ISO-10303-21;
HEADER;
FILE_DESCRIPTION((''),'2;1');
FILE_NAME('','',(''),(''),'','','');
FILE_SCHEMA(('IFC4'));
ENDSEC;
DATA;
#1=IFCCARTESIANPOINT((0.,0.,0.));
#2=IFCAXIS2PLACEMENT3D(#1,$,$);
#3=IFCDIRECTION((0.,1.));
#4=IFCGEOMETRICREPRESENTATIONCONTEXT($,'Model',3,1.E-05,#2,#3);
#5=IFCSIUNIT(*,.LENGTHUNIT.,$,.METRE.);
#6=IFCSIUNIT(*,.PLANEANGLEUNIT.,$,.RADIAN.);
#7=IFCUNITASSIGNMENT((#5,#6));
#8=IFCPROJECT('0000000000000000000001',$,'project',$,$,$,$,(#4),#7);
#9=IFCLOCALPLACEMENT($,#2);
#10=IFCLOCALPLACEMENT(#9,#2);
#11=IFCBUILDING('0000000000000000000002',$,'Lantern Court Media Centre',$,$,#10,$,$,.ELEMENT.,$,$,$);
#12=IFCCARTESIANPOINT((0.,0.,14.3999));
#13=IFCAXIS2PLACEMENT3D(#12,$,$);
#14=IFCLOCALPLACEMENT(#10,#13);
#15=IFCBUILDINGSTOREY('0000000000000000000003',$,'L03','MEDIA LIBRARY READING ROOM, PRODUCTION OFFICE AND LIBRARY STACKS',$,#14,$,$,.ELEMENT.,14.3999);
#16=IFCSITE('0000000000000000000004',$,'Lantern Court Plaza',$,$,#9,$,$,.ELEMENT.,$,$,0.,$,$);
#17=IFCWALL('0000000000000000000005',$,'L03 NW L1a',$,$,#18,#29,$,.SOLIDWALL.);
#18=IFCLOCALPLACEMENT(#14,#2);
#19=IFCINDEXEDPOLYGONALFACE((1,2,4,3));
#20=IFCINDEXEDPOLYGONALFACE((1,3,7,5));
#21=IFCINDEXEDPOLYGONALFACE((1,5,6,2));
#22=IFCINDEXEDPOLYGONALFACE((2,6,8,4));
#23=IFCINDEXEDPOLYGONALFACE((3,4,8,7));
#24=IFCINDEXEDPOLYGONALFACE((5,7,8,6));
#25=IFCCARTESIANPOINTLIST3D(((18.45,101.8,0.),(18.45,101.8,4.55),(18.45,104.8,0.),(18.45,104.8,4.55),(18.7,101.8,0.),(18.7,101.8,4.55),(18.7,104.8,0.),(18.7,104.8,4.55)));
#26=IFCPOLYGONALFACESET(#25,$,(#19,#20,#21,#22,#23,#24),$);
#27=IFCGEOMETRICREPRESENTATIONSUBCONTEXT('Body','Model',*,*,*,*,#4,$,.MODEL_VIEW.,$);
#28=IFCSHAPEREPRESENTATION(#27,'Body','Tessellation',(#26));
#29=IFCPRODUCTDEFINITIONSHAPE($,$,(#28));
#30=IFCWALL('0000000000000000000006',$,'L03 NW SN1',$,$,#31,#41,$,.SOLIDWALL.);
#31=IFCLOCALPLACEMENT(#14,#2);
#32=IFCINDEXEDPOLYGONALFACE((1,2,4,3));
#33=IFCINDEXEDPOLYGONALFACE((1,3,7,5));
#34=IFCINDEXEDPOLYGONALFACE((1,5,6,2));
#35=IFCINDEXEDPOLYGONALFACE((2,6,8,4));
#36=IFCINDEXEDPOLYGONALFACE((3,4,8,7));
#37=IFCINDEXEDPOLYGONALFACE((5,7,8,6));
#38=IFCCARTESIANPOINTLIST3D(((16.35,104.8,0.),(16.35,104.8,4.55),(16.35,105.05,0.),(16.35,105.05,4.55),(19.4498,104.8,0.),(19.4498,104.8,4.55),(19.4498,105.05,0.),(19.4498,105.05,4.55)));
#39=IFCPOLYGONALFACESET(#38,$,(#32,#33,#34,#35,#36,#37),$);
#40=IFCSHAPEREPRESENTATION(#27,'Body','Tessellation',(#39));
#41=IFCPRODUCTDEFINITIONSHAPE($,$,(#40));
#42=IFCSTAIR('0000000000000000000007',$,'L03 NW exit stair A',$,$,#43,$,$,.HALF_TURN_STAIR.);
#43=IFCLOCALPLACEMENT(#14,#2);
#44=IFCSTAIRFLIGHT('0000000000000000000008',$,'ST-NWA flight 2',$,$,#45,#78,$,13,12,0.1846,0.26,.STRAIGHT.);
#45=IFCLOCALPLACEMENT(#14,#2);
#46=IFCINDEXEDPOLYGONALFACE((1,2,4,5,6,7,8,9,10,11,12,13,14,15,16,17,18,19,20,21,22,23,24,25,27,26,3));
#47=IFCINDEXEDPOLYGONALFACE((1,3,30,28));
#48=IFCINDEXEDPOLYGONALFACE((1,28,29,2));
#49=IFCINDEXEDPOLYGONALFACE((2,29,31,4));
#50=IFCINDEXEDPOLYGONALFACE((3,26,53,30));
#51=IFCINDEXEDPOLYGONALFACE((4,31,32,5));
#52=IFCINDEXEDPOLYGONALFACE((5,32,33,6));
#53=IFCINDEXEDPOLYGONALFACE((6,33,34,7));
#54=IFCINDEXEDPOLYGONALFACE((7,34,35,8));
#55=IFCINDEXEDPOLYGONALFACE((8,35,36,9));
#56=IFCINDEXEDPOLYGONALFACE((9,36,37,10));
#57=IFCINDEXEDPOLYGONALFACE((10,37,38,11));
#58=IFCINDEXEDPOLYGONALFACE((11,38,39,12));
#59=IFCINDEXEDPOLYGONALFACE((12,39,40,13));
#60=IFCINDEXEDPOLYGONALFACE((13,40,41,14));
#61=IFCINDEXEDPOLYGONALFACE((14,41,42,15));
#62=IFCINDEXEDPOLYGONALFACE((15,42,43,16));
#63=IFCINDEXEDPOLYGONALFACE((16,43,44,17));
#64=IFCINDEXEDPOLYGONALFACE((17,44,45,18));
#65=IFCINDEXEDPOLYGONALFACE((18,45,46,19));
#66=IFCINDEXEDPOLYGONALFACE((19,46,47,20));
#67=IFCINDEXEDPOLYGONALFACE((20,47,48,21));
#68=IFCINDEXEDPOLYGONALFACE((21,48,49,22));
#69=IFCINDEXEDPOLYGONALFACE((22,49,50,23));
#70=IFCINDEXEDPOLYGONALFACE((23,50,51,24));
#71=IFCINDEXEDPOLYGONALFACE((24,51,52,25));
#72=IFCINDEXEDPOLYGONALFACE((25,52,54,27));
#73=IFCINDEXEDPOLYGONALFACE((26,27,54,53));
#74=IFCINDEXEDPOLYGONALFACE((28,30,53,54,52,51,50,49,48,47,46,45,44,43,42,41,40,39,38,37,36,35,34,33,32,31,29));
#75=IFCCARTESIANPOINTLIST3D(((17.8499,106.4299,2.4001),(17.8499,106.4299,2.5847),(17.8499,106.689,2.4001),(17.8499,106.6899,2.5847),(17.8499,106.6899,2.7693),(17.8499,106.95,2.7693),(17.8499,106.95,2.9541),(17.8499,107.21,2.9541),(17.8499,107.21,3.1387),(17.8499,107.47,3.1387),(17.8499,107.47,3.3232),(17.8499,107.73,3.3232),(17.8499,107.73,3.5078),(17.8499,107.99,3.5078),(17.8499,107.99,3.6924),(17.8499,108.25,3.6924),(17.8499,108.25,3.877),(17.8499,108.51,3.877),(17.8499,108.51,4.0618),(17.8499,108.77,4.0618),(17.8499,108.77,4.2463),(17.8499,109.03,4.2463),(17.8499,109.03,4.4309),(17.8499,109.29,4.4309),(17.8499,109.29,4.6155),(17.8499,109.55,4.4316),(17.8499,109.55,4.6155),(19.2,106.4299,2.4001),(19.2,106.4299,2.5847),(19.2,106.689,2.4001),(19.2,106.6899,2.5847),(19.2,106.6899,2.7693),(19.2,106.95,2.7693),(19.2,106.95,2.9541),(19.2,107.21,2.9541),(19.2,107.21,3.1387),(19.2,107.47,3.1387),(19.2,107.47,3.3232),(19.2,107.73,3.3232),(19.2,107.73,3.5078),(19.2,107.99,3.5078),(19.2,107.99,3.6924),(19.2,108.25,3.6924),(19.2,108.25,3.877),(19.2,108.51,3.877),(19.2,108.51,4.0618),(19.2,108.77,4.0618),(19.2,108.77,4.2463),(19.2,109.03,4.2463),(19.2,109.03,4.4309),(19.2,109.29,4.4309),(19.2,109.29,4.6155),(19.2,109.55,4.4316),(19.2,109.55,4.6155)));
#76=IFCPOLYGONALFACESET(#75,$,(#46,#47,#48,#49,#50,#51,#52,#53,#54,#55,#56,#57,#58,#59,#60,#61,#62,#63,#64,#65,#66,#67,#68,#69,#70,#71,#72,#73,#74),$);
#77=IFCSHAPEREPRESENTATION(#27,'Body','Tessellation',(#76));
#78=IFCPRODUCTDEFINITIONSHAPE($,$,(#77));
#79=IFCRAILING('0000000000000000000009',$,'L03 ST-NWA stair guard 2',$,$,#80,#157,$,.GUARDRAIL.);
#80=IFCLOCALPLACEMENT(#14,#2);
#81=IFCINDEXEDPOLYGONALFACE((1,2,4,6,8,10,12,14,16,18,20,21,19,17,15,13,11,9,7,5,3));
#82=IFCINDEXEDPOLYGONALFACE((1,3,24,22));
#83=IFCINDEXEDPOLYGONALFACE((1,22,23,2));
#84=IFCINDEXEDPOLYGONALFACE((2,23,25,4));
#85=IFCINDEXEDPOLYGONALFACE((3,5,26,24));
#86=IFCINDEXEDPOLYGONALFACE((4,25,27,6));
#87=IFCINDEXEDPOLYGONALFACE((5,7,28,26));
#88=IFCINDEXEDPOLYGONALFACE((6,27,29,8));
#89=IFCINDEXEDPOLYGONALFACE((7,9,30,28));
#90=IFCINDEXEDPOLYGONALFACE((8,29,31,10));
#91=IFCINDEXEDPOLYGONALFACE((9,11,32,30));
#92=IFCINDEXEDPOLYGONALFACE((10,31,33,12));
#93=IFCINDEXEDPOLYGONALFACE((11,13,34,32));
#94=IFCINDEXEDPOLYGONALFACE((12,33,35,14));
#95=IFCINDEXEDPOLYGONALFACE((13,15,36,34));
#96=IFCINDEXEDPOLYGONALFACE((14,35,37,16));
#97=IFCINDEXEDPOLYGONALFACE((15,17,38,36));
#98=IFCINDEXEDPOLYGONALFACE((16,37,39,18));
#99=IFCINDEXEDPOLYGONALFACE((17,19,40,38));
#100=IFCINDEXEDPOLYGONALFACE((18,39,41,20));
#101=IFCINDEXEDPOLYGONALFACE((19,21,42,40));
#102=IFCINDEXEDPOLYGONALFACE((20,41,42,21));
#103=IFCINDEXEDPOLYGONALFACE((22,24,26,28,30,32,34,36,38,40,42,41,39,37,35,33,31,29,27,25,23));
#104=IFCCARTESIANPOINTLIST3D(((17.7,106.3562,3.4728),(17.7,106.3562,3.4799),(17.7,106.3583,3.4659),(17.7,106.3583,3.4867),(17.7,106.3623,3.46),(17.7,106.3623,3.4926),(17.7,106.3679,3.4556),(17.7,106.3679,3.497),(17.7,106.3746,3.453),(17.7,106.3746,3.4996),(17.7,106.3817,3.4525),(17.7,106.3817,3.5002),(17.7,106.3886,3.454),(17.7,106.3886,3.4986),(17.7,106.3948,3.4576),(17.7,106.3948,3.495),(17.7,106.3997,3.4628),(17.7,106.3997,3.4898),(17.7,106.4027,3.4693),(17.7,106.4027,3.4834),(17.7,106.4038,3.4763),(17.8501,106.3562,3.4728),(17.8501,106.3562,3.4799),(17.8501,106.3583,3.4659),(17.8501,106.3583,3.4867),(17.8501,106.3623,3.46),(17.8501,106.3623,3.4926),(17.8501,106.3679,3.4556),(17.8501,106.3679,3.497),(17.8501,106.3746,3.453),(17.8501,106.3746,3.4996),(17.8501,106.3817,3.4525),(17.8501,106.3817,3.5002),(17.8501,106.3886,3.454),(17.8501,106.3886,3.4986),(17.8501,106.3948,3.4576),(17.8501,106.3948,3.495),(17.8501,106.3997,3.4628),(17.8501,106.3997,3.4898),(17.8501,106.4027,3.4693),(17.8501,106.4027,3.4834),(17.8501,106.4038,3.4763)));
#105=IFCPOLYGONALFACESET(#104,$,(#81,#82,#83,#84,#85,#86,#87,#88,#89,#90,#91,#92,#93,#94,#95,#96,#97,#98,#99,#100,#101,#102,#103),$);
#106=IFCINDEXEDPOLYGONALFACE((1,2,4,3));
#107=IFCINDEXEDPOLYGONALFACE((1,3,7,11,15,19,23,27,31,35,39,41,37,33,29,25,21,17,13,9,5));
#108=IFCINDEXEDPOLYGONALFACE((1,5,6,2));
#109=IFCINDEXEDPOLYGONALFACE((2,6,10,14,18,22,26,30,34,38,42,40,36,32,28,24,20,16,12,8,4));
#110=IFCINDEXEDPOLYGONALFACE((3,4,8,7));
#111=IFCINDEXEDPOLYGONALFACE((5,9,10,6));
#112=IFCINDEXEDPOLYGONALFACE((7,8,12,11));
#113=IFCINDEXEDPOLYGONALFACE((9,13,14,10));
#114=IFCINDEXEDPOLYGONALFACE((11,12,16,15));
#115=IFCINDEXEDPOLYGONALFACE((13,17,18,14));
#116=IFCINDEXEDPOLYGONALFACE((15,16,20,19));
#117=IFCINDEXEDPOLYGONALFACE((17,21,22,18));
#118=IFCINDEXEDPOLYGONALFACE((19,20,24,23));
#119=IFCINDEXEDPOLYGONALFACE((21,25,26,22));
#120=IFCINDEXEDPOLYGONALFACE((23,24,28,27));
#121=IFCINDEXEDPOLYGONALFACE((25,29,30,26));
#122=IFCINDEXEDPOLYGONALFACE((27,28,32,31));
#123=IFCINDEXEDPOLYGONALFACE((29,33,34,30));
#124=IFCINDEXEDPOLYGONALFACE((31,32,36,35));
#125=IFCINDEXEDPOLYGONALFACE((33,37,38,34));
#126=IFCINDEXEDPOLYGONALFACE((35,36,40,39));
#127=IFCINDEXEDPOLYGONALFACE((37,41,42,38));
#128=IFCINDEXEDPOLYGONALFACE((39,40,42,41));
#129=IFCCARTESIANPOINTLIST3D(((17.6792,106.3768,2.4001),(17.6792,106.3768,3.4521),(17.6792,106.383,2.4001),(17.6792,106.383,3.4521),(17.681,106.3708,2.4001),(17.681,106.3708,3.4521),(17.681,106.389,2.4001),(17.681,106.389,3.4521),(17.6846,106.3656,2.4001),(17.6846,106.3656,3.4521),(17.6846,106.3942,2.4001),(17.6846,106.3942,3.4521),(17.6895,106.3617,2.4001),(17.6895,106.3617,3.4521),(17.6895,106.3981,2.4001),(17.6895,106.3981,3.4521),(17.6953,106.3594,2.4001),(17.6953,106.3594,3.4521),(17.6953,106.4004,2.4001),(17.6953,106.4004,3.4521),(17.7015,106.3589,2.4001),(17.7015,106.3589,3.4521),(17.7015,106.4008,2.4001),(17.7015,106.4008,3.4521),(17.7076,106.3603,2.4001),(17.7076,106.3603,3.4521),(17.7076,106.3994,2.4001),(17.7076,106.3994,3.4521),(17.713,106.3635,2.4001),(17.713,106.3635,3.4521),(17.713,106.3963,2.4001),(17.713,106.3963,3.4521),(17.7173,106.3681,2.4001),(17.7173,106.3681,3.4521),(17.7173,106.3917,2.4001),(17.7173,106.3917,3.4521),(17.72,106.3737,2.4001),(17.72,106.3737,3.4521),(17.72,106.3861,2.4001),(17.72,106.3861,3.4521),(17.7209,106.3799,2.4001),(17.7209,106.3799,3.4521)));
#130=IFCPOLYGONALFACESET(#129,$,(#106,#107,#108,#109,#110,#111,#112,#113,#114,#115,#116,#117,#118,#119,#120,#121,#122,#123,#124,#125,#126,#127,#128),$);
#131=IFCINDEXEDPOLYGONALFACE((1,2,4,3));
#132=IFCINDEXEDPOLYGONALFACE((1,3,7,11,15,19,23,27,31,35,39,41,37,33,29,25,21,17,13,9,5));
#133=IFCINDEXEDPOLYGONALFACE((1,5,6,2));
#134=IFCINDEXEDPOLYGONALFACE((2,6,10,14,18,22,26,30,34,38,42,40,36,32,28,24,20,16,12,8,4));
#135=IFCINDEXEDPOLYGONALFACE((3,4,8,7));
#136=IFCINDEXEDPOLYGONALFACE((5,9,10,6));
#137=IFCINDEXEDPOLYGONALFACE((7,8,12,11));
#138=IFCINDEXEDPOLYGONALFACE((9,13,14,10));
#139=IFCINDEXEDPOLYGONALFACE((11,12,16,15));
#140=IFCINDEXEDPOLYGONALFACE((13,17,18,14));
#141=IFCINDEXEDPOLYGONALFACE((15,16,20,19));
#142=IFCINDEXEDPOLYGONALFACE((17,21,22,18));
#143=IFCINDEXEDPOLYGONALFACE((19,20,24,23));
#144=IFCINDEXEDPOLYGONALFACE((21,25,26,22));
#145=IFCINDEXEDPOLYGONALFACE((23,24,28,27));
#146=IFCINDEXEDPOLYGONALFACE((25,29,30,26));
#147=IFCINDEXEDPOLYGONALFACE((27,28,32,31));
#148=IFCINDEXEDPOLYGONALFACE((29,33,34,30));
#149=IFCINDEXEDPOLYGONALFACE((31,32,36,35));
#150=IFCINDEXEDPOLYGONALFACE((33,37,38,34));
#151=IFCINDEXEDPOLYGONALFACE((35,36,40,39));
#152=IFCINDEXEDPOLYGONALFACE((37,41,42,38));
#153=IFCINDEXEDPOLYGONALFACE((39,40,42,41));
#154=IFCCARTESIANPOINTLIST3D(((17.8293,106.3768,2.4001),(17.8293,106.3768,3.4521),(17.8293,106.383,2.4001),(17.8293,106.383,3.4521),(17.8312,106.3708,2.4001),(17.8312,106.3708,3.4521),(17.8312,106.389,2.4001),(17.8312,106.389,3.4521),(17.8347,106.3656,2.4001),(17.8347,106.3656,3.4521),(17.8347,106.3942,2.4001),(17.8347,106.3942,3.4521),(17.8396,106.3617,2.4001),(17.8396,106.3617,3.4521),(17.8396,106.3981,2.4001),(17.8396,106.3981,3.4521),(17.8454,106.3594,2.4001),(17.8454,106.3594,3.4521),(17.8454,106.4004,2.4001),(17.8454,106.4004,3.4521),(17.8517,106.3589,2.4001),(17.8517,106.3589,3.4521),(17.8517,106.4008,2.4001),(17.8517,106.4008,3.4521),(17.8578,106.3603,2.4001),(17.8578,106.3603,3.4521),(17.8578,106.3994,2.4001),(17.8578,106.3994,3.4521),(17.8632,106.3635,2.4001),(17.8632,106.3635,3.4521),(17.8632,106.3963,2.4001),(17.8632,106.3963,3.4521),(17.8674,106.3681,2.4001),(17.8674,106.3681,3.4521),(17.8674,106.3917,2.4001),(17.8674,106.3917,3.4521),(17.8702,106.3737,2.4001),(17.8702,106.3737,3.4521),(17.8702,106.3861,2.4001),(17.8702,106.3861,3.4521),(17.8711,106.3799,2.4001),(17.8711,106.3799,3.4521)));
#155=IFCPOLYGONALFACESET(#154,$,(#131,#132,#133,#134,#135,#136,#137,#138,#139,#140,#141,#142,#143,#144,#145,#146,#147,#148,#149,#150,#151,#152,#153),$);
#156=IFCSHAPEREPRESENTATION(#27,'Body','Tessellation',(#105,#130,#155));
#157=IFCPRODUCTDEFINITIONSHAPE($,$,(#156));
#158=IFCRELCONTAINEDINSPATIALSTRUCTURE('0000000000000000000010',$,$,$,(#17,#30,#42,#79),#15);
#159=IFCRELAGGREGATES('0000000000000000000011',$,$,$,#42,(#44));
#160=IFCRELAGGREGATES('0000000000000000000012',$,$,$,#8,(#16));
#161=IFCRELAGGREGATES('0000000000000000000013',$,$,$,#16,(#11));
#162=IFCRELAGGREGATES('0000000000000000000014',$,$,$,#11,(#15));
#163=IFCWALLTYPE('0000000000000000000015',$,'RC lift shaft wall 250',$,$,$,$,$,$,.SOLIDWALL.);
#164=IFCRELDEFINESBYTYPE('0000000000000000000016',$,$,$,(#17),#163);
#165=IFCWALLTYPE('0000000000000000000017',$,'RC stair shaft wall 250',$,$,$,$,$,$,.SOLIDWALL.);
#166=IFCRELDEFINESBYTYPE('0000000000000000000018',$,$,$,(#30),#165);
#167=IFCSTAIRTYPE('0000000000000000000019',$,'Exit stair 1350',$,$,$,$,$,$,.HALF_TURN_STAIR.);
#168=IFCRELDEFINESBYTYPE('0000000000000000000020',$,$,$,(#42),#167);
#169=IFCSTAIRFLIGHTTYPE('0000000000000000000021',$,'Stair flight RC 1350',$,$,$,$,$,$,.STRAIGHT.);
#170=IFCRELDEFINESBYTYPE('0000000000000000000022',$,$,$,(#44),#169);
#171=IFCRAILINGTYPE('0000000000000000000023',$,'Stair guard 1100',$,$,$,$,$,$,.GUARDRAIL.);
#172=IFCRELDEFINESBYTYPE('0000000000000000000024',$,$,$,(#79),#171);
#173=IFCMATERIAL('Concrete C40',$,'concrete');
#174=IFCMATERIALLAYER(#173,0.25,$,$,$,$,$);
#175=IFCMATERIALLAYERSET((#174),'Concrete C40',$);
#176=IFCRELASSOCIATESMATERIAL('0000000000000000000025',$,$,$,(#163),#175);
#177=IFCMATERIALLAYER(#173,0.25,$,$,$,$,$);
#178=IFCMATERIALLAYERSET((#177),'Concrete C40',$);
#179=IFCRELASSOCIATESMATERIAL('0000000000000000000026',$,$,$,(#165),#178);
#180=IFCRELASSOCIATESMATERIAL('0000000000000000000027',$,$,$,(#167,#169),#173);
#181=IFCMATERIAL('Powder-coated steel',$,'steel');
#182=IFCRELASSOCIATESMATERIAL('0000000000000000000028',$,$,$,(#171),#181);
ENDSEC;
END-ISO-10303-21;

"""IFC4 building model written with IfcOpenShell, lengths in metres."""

from ifc_helpers import new_model, si_unit, direction, frame, frame_2d, origin, origin_2d, place, context, subcontext, project, spatial, polyline, rectangle, circle, outline, extrude, material, layer, layer_set, type_object, element, aggregate, save


model = new_model("IFC4")

# Units and contexts
model_context = context("Model", 3, precision=1e-05, world=origin(), true_north=direction((0.0, 1.0)))
body_context = subcontext(model_context, "Body", "Model", "MODEL_VIEW")
ifc_project = project(units=[si_unit("LENGTHUNIT", "METRE"), si_unit("PLANEANGLEUNIT", "RADIAN")], contexts=[model_context])

# Site, building, storey
site_placement = place(None, origin())
site = spatial("IfcSite", under=ifc_project, at=site_placement, Name="Lantern Court Plaza", CompositionType="ELEMENT", RefElevation=0.0)
building_placement = place(site_placement, origin())
building = spatial("IfcBuilding", under=site, at=building_placement, Name="Lantern Court Media Centre", CompositionType="ELEMENT")
storey_placement = place(building_placement, frame((0.0, 0.0, 14.3999)))
storey = spatial("IfcBuildingStorey", under=building, at=storey_placement, Name="L03", Description="MEDIA LIBRARY READING ROOM, PRODUCTION OFFICE AND LIBRARY STACKS", CompositionType="ELEMENT", Elevation=14.3999)

# Shared definitions
ifc_material_1 = material(Name="Concrete C40", Category="concrete")

# Walls
ifc_layer_1 = layer(ifc_material_1, 0.25)
ifc_layer_set_1 = layer_set([ifc_layer_1], Name="Concrete C40")
wall_type_1 = type_object("IfcWallType", Name="RC lift shaft wall 250", PredefinedType="SOLIDWALL", material=ifc_layer_set_1)
wall_1_placement = place(storey_placement, frame((18.575, 104.8, 0.0), z_axis=(0.0, 0.0, 1.0), x_axis=(0.0, -1.0, 0.0)))
element("IfcWall", 1, at=wall_1_placement, inside=storey, type_object=wall_type_1, Name="L03 NW L1a", PredefinedType="SOLIDWALL", context=body_context, shape_type="SweptSolid", body=[
    extrude(rectangle(XDim=3.0, YDim=0.25, at=frame_2d((1.5, 0.0))), origin(), (0.0, 0.0, 1.0), 4.55),
])
ifc_layer_2 = layer(ifc_material_1, 0.25)
ifc_layer_set_2 = layer_set([ifc_layer_2], Name="Concrete C40")
wall_type_2 = type_object("IfcWallType", Name="RC stair shaft wall 250", PredefinedType="SOLIDWALL", material=ifc_layer_set_2)
wall_2_placement = place(storey_placement, frame((16.3501, 104.925, 0.0), z_axis=(0.0, 0.0, 1.0), x_axis=(1.0, 0.0, 0.0)))
element("IfcWall", 2, at=wall_2_placement, inside=storey, type_object=wall_type_2, Name="L03 NW SN1", PredefinedType="SOLIDWALL", context=body_context, shape_type="SweptSolid", body=[
    extrude(rectangle(XDim=3.0999, YDim=0.25, at=frame_2d((1.5498, 0.0))), origin(), (0.0, 0.0, 1.0), 4.55),
])

# Stair, stair flight
stair_type = type_object("IfcStairType", Name="Exit stair 1350", PredefinedType="HALF_TURN_STAIR", material=ifc_material_1)
stair_placement = place(storey_placement, origin())
stair = element("IfcStair", 3, at=stair_placement, inside=storey, type_object=stair_type, Name="L03 NW exit stair A", PredefinedType="HALF_TURN_STAIR")
stair_flight_type = type_object("IfcStairFlightType", Name="Stair flight RC 1350", PredefinedType="STRAIGHT", material=ifc_material_1)
stair_flight_placement = place(storey_placement, frame((18.5249, 106.4299, 2.4001), z_axis=(0.0, 0.0, 1.0), x_axis=(0.0, 1.0, 0.0)))
stair_flight = element("IfcStairFlight", 4, at=stair_flight_placement, type_object=stair_flight_type, Name="ST-NWA flight 2", NumberOfRisers=13, NumberOfTreads=12, PredefinedType="STRAIGHT", RiserHeight=0.1846, TreadLength=0.26, context=body_context, shape_type="SweptSolid", body=[
    extrude(outline(polyline([(0.0, 0.0), (0.0, 0.1846), (0.26, 0.1846), (0.26, 0.3691), (0.52, 0.3691), (0.52, 0.554), (0.78, 0.554), (0.78, 0.7385), (1.04, 0.7385), (1.04, 0.9231), (1.3, 0.9231), (1.3, 1.1077), (1.5601, 1.1077), (1.5601, 1.2922), (1.8201, 1.2922), (1.8201, 1.4768), (2.0801, 1.4768), (2.0801, 1.6616), (2.3401, 1.6616), (2.3401, 1.8462), (2.6001, 1.8462), (2.6001, 2.0308), (2.8601, 2.0308), (2.8601, 2.2153), (3.1201, 2.2153), (3.1201, 2.3999), (3.1201, 2.0315), (0.259, 0.0), (0.0, 0.0)])), frame((0.0, 0.675, 0.0), z_axis=(0.0, -1.0, 0.0), x_axis=(1.0, 0.0, 0.0)), (0.0, 0.0, 1.0), 1.3501),
])
aggregate(stair, [stair_flight])

# Railing
ifc_material_2 = material(Name="Powder-coated steel", Category="steel")
railing_type_1 = type_object("IfcRailingType", Name="Stair guard 1100", PredefinedType="GUARDRAIL", material=ifc_material_2)
railing_1_placement = place(storey_placement, frame((17.7, 106.3799, 2.4001)))
element("IfcRailing", 5, at=railing_1_placement, inside=storey, type_object=railing_type_1, Name="L03 ST-NWA stair guard 2", PredefinedType="GUARDRAIL", context=body_context, shape_type="SweptSolid", body=[
    extrude(circle(Radius=0.0239, at=origin_2d()), frame((0.0, 0.0, 1.0762), z_axis=(1.0, 0.0, 0.0), x_axis=(0.0, 1.0, 0.0)), (0.0, 0.0, 1.0), 0.1501),
    extrude(circle(Radius=0.021, at=origin_2d()), origin(), (0.0, 0.0, 1.0), 1.052),
    extrude(circle(Radius=0.021, at=origin_2d()), frame((0.1501, 0.0, 0.0)), (0.0, 0.0, 1.0), 1.052),
])

save(model, "model.ifc")
